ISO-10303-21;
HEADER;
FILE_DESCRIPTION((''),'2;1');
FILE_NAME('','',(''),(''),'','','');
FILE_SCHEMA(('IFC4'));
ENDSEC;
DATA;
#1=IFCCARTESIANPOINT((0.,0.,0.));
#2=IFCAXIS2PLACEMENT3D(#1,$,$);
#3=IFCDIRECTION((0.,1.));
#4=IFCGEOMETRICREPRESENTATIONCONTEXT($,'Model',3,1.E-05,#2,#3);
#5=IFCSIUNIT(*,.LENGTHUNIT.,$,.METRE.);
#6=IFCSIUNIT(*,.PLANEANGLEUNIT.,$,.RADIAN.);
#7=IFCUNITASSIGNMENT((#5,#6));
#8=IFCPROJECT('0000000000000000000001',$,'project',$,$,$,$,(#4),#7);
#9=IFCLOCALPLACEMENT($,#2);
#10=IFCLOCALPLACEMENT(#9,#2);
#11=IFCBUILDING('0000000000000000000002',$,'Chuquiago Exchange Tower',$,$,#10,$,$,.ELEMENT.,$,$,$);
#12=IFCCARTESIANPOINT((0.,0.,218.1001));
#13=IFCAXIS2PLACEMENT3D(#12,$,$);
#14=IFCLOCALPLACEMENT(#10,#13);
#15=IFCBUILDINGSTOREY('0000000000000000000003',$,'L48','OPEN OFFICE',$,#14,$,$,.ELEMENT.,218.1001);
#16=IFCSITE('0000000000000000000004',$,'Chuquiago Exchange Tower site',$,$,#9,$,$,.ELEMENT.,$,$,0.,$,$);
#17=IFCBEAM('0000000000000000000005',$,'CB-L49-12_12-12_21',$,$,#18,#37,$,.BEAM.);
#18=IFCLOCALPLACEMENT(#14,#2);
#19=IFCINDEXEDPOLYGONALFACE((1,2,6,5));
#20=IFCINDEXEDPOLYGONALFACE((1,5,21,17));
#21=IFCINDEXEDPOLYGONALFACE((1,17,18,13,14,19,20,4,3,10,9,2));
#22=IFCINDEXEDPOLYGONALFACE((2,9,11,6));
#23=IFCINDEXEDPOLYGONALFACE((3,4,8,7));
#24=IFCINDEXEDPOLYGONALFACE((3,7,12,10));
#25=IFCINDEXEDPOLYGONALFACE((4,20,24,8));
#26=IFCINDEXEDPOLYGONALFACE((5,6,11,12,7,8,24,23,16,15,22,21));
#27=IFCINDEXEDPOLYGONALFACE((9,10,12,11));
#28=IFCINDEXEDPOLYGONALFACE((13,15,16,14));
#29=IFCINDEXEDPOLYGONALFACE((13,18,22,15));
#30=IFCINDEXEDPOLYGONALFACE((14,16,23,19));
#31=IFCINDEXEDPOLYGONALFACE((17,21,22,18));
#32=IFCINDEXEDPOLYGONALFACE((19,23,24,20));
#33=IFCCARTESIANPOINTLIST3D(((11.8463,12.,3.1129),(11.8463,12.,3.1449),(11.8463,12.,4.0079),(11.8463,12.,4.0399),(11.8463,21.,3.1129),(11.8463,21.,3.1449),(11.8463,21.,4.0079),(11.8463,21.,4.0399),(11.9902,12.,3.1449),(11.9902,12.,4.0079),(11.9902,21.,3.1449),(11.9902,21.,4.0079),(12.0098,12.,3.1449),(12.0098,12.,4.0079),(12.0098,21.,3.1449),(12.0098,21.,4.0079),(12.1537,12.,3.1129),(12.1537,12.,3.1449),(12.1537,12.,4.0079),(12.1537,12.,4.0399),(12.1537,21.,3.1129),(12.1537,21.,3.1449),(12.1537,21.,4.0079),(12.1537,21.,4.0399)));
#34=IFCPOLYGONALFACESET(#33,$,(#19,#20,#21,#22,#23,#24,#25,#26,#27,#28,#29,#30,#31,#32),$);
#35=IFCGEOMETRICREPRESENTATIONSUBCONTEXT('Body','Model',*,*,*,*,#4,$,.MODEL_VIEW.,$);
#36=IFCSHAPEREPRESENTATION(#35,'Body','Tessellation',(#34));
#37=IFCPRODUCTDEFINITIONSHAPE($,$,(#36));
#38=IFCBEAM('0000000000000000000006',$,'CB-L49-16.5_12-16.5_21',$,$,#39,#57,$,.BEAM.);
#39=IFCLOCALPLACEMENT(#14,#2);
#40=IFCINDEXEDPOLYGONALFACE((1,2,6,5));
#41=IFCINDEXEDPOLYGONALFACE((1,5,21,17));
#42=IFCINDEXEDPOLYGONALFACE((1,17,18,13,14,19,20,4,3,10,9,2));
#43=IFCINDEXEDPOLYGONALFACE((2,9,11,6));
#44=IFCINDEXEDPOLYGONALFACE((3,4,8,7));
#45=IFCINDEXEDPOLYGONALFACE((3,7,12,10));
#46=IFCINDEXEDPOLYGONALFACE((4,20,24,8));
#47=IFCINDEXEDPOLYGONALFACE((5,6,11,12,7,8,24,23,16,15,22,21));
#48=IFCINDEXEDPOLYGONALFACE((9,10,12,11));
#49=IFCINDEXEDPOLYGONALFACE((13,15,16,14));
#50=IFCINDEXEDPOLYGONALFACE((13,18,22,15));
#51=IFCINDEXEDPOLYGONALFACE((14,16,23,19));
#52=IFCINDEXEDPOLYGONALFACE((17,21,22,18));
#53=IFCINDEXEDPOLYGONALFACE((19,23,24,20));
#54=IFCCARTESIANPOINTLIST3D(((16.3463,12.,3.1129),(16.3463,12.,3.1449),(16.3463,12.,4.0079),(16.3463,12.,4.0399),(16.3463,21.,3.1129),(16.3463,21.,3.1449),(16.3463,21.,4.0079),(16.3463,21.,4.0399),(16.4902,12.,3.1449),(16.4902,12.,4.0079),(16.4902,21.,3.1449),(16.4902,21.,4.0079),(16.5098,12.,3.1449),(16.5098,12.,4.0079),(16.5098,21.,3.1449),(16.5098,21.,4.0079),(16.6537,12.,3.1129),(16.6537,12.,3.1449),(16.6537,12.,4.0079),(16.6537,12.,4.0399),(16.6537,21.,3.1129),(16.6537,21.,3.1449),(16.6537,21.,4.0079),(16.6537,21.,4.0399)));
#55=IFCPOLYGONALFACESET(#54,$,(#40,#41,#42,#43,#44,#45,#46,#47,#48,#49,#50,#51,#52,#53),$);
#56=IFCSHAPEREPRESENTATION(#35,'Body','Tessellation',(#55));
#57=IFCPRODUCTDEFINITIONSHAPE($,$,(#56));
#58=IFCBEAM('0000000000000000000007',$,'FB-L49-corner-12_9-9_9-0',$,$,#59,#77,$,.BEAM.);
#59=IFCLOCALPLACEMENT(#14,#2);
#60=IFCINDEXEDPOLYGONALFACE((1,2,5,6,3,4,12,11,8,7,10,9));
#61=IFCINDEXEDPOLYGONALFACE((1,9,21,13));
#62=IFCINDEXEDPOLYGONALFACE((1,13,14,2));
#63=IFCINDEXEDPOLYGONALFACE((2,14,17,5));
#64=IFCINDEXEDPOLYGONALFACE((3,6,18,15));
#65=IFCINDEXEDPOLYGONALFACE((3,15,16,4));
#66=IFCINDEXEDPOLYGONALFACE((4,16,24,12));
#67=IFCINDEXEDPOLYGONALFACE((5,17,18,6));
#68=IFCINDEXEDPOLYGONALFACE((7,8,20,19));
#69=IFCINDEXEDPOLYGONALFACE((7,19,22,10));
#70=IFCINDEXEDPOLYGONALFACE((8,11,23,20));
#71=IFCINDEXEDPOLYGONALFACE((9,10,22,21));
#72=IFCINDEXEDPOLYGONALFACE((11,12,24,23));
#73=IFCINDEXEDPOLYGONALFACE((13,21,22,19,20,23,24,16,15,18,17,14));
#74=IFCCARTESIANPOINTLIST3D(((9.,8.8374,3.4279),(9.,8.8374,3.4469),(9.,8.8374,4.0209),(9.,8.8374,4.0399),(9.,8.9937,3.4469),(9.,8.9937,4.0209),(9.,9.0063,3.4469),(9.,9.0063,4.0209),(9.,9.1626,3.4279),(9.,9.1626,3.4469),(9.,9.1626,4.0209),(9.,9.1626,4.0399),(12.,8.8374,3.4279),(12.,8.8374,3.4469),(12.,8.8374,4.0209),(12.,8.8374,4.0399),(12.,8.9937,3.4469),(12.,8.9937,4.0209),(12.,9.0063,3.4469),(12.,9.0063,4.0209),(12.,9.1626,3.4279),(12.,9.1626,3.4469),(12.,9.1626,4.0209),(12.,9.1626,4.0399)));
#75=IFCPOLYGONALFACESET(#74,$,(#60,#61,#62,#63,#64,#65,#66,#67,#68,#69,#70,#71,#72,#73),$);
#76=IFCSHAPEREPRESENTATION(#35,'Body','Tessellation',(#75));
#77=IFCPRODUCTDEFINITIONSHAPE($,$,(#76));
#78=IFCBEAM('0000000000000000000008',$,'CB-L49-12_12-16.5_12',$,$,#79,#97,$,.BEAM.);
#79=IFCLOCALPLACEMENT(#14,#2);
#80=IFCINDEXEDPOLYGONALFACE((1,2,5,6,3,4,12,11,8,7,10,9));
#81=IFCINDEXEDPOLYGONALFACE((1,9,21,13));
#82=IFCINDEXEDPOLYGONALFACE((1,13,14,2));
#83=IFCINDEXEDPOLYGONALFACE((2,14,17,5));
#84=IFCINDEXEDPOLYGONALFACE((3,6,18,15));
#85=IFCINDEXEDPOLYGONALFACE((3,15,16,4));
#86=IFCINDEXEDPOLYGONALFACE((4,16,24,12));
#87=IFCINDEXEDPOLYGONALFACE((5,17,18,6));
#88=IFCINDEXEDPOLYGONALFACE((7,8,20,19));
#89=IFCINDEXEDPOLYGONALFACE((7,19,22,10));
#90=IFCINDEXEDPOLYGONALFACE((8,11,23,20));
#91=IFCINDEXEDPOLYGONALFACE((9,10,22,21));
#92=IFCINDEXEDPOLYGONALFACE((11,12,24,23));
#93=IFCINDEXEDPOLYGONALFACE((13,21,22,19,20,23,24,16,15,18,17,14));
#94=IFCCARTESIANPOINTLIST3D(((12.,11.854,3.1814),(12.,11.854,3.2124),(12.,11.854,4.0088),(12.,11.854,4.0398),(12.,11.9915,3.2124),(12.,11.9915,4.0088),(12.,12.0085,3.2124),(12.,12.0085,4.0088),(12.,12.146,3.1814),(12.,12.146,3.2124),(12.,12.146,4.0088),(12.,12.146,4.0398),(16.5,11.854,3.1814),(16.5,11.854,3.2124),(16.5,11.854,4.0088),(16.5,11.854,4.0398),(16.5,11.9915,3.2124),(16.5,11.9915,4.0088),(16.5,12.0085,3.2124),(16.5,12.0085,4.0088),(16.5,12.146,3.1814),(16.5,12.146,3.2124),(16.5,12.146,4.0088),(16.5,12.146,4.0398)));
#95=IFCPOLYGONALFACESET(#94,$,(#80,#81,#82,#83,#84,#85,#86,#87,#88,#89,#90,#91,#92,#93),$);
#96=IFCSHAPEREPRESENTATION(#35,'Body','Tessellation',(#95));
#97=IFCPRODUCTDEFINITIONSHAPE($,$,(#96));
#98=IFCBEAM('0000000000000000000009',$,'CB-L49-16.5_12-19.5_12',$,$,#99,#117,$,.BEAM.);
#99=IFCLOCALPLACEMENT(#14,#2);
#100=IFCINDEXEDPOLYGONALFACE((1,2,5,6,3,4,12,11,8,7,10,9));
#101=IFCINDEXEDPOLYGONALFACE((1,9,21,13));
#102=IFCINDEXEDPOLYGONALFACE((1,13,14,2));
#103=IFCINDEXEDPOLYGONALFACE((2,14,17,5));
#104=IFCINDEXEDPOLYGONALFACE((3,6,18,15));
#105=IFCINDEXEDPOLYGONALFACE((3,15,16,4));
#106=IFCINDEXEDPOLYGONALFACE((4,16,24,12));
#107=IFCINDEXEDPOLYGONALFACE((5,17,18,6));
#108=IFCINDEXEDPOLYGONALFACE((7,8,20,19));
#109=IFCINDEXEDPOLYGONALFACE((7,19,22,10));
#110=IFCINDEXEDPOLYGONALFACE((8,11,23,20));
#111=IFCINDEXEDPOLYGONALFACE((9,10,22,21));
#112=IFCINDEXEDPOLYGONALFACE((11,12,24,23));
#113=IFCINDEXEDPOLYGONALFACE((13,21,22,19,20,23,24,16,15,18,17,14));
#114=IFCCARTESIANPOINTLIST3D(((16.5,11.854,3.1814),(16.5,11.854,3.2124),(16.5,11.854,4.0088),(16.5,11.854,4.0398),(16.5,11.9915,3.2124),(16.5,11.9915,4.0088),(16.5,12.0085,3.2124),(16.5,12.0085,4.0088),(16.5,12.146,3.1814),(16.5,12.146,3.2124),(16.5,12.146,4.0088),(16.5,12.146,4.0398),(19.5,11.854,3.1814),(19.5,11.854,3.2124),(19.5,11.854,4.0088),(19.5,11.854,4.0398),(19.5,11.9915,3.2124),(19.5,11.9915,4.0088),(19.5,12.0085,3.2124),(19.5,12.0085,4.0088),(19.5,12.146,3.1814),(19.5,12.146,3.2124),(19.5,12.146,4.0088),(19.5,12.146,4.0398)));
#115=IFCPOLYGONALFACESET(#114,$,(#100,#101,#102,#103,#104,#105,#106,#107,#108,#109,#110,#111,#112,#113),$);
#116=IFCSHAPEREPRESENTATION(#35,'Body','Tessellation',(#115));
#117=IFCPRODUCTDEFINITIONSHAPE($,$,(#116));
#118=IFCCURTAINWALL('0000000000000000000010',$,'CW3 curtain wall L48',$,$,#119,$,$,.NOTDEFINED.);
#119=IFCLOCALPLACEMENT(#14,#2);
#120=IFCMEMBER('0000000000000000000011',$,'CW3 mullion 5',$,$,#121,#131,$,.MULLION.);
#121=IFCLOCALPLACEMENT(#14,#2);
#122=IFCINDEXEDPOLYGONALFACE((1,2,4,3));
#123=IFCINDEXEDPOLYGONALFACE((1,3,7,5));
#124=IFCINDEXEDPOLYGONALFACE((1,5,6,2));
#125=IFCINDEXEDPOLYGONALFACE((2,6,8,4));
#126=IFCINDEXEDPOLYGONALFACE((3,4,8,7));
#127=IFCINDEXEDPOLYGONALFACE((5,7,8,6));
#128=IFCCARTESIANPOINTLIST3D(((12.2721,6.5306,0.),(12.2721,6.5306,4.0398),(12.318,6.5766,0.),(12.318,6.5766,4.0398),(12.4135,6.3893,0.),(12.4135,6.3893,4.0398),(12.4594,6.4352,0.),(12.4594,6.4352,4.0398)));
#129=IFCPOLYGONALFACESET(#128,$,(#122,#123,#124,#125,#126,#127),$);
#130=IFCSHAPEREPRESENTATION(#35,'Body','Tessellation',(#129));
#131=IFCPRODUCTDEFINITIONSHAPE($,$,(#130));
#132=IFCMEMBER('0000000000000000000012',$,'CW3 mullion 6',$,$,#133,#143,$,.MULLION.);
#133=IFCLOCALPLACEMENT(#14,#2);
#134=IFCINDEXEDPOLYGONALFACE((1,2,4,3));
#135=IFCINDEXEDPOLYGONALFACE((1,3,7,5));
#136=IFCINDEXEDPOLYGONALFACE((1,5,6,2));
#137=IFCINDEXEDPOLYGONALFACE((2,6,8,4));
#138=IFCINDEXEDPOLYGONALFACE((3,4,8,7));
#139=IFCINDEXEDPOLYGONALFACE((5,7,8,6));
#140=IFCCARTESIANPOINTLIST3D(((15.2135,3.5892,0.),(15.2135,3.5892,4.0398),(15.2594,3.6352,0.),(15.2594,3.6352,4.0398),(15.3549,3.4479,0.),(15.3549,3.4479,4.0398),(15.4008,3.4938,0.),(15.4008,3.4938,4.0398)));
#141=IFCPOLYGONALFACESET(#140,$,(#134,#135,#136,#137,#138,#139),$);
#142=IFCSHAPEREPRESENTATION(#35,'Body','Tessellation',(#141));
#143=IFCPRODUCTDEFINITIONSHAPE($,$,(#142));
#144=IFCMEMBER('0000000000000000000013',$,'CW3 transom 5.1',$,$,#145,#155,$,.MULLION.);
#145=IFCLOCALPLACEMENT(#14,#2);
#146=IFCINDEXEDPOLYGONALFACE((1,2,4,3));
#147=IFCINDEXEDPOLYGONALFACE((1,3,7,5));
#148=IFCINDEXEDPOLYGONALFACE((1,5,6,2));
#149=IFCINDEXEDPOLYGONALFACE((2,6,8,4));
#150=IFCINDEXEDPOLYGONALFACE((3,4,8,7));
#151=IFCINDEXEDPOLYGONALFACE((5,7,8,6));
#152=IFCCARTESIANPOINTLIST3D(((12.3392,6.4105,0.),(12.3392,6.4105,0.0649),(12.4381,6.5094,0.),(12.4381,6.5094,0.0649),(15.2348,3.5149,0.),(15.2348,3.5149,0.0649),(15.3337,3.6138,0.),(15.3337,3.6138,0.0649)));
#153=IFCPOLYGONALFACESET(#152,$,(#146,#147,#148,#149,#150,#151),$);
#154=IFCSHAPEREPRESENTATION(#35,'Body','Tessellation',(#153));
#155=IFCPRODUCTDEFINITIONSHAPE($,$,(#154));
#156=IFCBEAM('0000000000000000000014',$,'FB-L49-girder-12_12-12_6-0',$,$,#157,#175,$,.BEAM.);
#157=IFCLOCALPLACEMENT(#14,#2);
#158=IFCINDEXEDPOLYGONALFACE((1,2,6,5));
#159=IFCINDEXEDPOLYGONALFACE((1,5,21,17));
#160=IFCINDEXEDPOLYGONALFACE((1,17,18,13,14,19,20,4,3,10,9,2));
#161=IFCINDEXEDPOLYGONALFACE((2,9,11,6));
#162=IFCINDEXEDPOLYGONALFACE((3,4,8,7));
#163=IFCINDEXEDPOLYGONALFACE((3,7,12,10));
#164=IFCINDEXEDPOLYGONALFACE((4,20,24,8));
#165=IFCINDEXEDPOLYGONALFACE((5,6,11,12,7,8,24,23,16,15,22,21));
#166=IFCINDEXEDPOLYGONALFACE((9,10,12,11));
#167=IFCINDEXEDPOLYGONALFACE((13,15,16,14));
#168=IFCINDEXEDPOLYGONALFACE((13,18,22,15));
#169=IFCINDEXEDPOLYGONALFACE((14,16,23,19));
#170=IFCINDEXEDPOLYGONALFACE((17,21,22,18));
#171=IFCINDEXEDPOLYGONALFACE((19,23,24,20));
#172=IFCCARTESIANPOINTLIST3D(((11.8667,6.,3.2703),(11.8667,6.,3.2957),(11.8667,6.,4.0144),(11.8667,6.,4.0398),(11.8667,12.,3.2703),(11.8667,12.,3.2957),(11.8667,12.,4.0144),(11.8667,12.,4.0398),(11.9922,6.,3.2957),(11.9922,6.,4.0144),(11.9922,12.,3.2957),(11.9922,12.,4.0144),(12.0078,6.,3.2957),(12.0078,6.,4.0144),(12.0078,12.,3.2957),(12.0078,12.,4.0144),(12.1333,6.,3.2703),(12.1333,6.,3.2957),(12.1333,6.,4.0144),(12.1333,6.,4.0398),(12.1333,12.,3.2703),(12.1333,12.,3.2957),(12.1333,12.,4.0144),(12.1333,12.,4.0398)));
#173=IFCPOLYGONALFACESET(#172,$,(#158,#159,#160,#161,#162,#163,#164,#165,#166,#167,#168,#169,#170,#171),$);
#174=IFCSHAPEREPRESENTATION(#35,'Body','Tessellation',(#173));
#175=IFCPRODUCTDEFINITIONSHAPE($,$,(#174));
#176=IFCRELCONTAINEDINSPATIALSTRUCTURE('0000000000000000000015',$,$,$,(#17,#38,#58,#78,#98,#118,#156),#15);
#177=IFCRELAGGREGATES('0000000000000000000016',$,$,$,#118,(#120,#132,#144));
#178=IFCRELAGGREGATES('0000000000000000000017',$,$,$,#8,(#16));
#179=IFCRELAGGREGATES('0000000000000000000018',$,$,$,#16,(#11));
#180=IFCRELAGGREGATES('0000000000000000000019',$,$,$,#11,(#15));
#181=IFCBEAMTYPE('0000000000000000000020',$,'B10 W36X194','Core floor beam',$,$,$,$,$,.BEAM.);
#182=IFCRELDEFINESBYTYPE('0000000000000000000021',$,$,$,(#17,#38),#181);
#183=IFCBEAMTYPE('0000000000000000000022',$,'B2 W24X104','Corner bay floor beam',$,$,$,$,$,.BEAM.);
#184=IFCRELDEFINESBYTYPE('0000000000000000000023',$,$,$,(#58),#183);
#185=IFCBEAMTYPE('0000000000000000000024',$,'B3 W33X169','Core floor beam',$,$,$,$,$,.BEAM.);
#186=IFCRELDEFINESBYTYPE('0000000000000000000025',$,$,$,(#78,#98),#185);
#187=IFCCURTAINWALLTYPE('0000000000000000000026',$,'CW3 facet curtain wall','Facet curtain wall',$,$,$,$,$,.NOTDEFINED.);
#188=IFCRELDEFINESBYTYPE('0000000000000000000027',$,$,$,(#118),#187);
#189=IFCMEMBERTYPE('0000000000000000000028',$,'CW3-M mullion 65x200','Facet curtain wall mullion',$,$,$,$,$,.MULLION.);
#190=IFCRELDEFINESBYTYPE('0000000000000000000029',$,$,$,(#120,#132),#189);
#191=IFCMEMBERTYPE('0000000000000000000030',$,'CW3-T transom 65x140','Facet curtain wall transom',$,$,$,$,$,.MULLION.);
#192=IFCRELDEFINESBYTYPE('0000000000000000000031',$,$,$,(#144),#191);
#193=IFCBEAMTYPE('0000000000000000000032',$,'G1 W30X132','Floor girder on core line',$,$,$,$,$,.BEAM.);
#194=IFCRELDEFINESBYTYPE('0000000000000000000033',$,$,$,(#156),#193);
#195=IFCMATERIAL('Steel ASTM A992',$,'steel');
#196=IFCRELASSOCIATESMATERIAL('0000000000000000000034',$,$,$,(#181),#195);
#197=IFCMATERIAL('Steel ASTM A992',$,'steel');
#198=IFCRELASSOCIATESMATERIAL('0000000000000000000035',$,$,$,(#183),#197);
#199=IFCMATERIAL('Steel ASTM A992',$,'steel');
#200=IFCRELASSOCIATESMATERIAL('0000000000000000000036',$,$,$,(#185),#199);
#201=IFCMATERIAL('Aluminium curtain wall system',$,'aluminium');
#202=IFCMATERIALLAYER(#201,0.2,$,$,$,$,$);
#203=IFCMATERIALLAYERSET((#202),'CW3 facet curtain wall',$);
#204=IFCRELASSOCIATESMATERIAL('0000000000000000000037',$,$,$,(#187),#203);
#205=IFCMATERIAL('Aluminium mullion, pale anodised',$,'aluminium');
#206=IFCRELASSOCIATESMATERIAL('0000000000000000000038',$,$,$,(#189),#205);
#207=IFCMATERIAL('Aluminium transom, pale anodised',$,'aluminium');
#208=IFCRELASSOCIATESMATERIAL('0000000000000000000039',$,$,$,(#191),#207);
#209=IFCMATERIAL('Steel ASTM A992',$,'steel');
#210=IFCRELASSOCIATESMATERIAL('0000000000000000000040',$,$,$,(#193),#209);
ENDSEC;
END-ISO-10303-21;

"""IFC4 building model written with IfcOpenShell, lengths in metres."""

from ifc_helpers import new_model, si_unit, direction, frame, origin, origin_2d, place, context, subcontext, project, spatial, rectangle, i_section, extrude, material, layer, layer_set, material_profile, profile_set, type_object, element, aggregate, save


model = new_model("IFC4")

# Units and contexts
model_context = context("Model", 3, precision=1e-05, world=origin(), true_north=direction((0.0, 1.0)))
body_context = subcontext(model_context, "Body", "Model", "MODEL_VIEW")
ifc_project = project(units=[si_unit("LENGTHUNIT", "METRE"), si_unit("PLANEANGLEUNIT", "RADIAN")], contexts=[model_context])

# Site, building, storey
site_placement = place(None, origin())
site = spatial("IfcSite", under=ifc_project, at=site_placement, Name="Chuquiago Exchange Tower site", CompositionType="ELEMENT", RefElevation=0.0)
building_placement = place(site_placement, origin())
building = spatial("IfcBuilding", under=site, at=building_placement, Name="Chuquiago Exchange Tower", CompositionType="ELEMENT")
storey_placement = place(building_placement, frame((0.0, 0.0, 218.1001)))
storey = spatial("IfcBuildingStorey", under=building, at=storey_placement, Name="L48", Description="OPEN OFFICE", CompositionType="ELEMENT", Elevation=218.1001)

# Beams
ifc_material_1 = material(Name="Steel ASTM A992", Category="steel")
ifc_material_profile_1 = material_profile(ifc_material_1, i_section(OverallWidth=0.3074, OverallDepth=0.927, WebThickness=0.0195, FlangeThickness=0.032, at=origin_2d()), Name="W36X194")
ifc_profile_set_1 = profile_set([ifc_material_profile_1], Name="Steel ASTM A992")
beam_type_1 = type_object("IfcBeamType", Name="B10 W36X194", Description="Core floor beam", PredefinedType="BEAM", material=ifc_profile_set_1)
for number, where, z_axis, x_axis, name in (
    (1, (12.0, 12.0, 3.5764), (0.0, 1.0, 0.0), (-1.0, 0.0, 0.0), "CB-L49-12_12-12_21"),
    (2, (16.5, 12.0, 3.5764), (0.0, 1.0, 0.0), (-1.0, 0.0, 0.0), "CB-L49-16.5_12-16.5_21"),
):
    element("IfcBeam", number, at=place(storey_placement, frame(where, z_axis=z_axis, x_axis=x_axis)), inside=storey, type_object=beam_type_1, Name=name, PredefinedType="BEAM", context=body_context, shape_type="SweptSolid", body=[
        extrude(i_section(OverallWidth=0.3074, OverallDepth=0.927, WebThickness=0.0195, FlangeThickness=0.032, at=origin_2d()), origin(), (0.0, 0.0, 1.0), 9.0),
    ])
ifc_material_2 = material(Name="Steel ASTM A992", Category="steel")
ifc_material_profile_2 = material_profile(ifc_material_2, i_section(OverallWidth=0.3252, OverallDepth=0.6121, WebThickness=0.0127, FlangeThickness=0.019, at=origin_2d()), Name="W24X104")
ifc_profile_set_2 = profile_set([ifc_material_profile_2], Name="Steel ASTM A992")
beam_type_2 = type_object("IfcBeamType", Name="B2 W24X104", Description="Corner bay floor beam", PredefinedType="BEAM", material=ifc_profile_set_2)
beam_1_placement = place(storey_placement, frame((12.0, 9.0, 3.7339), z_axis=(-1.0, 0.0, 0.0), x_axis=(0.0, -1.0, 0.0)))
element("IfcBeam", 3, at=beam_1_placement, inside=storey, type_object=beam_type_2, Name="FB-L49-corner-12_9-9_9-0", PredefinedType="BEAM", context=body_context, shape_type="SweptSolid", body=[
    extrude(i_section(OverallWidth=0.3252, OverallDepth=0.6121, WebThickness=0.0127, FlangeThickness=0.019, at=origin_2d()), origin(), (0.0, 0.0, 1.0), 3.0),
])
ifc_material_3 = material(Name="Steel ASTM A992", Category="steel")
ifc_material_profile_3 = material_profile(ifc_material_3, i_section(OverallWidth=0.292, OverallDepth=0.8584, WebThickness=0.0171, FlangeThickness=0.031, at=origin_2d()), Name="W33X169")
ifc_profile_set_3 = profile_set([ifc_material_profile_3], Name="Steel ASTM A992")
beam_type_3 = type_object("IfcBeamType", Name="B3 W33X169", Description="Core floor beam", PredefinedType="BEAM", material=ifc_profile_set_3)
beam_2_placement = place(storey_placement, frame((12.0, 12.0, 3.6106), z_axis=(1.0, 0.0, 0.0), x_axis=(0.0, 1.0, 0.0)))
element("IfcBeam", 4, at=beam_2_placement, inside=storey, type_object=beam_type_3, Name="CB-L49-12_12-16.5_12", PredefinedType="BEAM", context=body_context, shape_type="SweptSolid", body=[
    extrude(i_section(OverallWidth=0.292, OverallDepth=0.8584, WebThickness=0.0171, FlangeThickness=0.031, at=origin_2d()), origin(), (0.0, 0.0, 1.0), 4.5),
])
beam_3_placement = place(storey_placement, frame((16.5, 12.0, 3.6106), z_axis=(1.0, 0.0, 0.0), x_axis=(0.0, 1.0, 0.0)))
element("IfcBeam", 5, at=beam_3_placement, inside=storey, type_object=beam_type_3, Name="CB-L49-16.5_12-19.5_12", PredefinedType="BEAM", context=body_context, shape_type="SweptSolid", body=[
    extrude(i_section(OverallWidth=0.292, OverallDepth=0.8584, WebThickness=0.0171, FlangeThickness=0.031, at=origin_2d()), origin(), (0.0, 0.0, 1.0), 3.0),
])

# Curtain wall, members
ifc_material_4 = material(Name="Aluminium curtain wall system", Category="aluminium")
ifc_layer_1 = layer(ifc_material_4, 0.2)
ifc_layer_set_1 = layer_set([ifc_layer_1], Name="CW3 facet curtain wall")
curtain_wall_type = type_object("IfcCurtainWallType", Name="CW3 facet curtain wall", Description="Facet curtain wall", PredefinedType="NOTDEFINED", material=ifc_layer_set_1)
curtain_wall_placement = place(storey_placement, origin())
curtain_wall = element("IfcCurtainWall", 6, at=curtain_wall_placement, inside=storey, type_object=curtain_wall_type, Name="CW3 curtain wall L48", PredefinedType="NOTDEFINED")
ifc_material_5 = material(Name="Aluminium mullion, pale anodised", Category="aluminium")
ifc_material_profile_4 = material_profile(ifc_material_5, rectangle(XDim=0.0649, YDim=0.2, at=origin_2d()), Name="AL 65x200")
ifc_profile_set_4 = profile_set([ifc_material_profile_4], Name="Aluminium mullion, pale anodised")
member_type_1 = type_object("IfcMemberType", Name="CW3-M mullion 65x200", Description="Facet curtain wall mullion", PredefinedType="MULLION", material=ifc_profile_set_4)
member_1_placement = place(storey_placement, frame((12.3657, 6.4829, 0.0), z_axis=(0.0, 0.0, 1.0), x_axis=(0.707107, 0.707107, 0.0)))
member_1 = element("IfcMember", 7, at=member_1_placement, type_object=member_type_1, Name="CW3 mullion 5", PredefinedType="MULLION", context=body_context, shape_type="SweptSolid", body=[
    extrude(rectangle(XDim=0.0649, YDim=0.2, at=origin_2d()), origin(), (0.0, 0.0, 1.0), 4.0398),
])
member_2_placement = place(storey_placement, frame((15.3071, 3.5415, 0.0), z_axis=(0.0, 0.0, 1.0), x_axis=(0.707107, 0.707107, 0.0)))
member_2 = element("IfcMember", 8, at=member_2_placement, type_object=member_type_1, Name="CW3 mullion 6", PredefinedType="MULLION", context=body_context, shape_type="SweptSolid", body=[
    extrude(rectangle(XDim=0.0649, YDim=0.2, at=origin_2d()), origin(), (0.0, 0.0, 1.0), 4.0398),
])
ifc_material_6 = material(Name="Aluminium transom, pale anodised", Category="aluminium")
ifc_material_profile_5 = material_profile(ifc_material_6, rectangle(XDim=0.1399, YDim=0.0649, at=origin_2d()), Name="AL 140x65")
ifc_profile_set_5 = profile_set([ifc_material_profile_5], Name="Aluminium transom, pale anodised")
member_type_2 = type_object("IfcMemberType", Name="CW3-T transom 65x140", Description="Facet curtain wall transom", PredefinedType="MULLION", material=ifc_profile_set_5)
member_3_placement = place(storey_placement, frame((12.3887, 6.46, 0.0325), z_axis=(0.707107, -0.707107, 0.0), x_axis=(0.707107, 0.707107, 0.0)))
member_3 = element("IfcMember", 9, at=member_3_placement, type_object=member_type_2, Name="CW3 transom 5.1", PredefinedType="MULLION", context=body_context, shape_type="SweptSolid", body=[
    extrude(rectangle(XDim=0.1399, YDim=0.0649, at=origin_2d()), origin(), (0.0, 0.0, 1.0), 4.095),
])

# Beam
ifc_material_7 = material(Name="Steel ASTM A992", Category="steel")
ifc_material_profile_6 = material_profile(ifc_material_7, i_section(OverallWidth=0.2666, OverallDepth=0.7695, WebThickness=0.0156, FlangeThickness=0.0254, at=origin_2d()), Name="W30X132")
ifc_profile_set_6 = profile_set([ifc_material_profile_6], Name="Steel ASTM A992")
beam_type_4 = type_object("IfcBeamType", Name="G1 W30X132", Description="Floor girder on core line", PredefinedType="BEAM", material=ifc_profile_set_6)
for number, where, z_axis, x_axis, name in (
    (10, (12.0, 12.0, 3.655), (0.0, -1.0, 0.0), (1.0, 0.0, 0.0), "FB-L49-girder-12_12-12_6-0"),
):
    element("IfcBeam", number, at=place(storey_placement, frame(where, z_axis=z_axis, x_axis=x_axis)), inside=storey, type_object=beam_type_4, Name=name, PredefinedType="BEAM", context=body_context, shape_type="SweptSolid", body=[
        extrude(i_section(OverallWidth=0.2666, OverallDepth=0.7695, WebThickness=0.0156, FlangeThickness=0.0254, at=origin_2d()), origin(), (0.0, 0.0, 1.0), 6.0),
    ])

aggregate(curtain_wall, [member_1, member_2, member_3])

save(model, "model.ifc")
